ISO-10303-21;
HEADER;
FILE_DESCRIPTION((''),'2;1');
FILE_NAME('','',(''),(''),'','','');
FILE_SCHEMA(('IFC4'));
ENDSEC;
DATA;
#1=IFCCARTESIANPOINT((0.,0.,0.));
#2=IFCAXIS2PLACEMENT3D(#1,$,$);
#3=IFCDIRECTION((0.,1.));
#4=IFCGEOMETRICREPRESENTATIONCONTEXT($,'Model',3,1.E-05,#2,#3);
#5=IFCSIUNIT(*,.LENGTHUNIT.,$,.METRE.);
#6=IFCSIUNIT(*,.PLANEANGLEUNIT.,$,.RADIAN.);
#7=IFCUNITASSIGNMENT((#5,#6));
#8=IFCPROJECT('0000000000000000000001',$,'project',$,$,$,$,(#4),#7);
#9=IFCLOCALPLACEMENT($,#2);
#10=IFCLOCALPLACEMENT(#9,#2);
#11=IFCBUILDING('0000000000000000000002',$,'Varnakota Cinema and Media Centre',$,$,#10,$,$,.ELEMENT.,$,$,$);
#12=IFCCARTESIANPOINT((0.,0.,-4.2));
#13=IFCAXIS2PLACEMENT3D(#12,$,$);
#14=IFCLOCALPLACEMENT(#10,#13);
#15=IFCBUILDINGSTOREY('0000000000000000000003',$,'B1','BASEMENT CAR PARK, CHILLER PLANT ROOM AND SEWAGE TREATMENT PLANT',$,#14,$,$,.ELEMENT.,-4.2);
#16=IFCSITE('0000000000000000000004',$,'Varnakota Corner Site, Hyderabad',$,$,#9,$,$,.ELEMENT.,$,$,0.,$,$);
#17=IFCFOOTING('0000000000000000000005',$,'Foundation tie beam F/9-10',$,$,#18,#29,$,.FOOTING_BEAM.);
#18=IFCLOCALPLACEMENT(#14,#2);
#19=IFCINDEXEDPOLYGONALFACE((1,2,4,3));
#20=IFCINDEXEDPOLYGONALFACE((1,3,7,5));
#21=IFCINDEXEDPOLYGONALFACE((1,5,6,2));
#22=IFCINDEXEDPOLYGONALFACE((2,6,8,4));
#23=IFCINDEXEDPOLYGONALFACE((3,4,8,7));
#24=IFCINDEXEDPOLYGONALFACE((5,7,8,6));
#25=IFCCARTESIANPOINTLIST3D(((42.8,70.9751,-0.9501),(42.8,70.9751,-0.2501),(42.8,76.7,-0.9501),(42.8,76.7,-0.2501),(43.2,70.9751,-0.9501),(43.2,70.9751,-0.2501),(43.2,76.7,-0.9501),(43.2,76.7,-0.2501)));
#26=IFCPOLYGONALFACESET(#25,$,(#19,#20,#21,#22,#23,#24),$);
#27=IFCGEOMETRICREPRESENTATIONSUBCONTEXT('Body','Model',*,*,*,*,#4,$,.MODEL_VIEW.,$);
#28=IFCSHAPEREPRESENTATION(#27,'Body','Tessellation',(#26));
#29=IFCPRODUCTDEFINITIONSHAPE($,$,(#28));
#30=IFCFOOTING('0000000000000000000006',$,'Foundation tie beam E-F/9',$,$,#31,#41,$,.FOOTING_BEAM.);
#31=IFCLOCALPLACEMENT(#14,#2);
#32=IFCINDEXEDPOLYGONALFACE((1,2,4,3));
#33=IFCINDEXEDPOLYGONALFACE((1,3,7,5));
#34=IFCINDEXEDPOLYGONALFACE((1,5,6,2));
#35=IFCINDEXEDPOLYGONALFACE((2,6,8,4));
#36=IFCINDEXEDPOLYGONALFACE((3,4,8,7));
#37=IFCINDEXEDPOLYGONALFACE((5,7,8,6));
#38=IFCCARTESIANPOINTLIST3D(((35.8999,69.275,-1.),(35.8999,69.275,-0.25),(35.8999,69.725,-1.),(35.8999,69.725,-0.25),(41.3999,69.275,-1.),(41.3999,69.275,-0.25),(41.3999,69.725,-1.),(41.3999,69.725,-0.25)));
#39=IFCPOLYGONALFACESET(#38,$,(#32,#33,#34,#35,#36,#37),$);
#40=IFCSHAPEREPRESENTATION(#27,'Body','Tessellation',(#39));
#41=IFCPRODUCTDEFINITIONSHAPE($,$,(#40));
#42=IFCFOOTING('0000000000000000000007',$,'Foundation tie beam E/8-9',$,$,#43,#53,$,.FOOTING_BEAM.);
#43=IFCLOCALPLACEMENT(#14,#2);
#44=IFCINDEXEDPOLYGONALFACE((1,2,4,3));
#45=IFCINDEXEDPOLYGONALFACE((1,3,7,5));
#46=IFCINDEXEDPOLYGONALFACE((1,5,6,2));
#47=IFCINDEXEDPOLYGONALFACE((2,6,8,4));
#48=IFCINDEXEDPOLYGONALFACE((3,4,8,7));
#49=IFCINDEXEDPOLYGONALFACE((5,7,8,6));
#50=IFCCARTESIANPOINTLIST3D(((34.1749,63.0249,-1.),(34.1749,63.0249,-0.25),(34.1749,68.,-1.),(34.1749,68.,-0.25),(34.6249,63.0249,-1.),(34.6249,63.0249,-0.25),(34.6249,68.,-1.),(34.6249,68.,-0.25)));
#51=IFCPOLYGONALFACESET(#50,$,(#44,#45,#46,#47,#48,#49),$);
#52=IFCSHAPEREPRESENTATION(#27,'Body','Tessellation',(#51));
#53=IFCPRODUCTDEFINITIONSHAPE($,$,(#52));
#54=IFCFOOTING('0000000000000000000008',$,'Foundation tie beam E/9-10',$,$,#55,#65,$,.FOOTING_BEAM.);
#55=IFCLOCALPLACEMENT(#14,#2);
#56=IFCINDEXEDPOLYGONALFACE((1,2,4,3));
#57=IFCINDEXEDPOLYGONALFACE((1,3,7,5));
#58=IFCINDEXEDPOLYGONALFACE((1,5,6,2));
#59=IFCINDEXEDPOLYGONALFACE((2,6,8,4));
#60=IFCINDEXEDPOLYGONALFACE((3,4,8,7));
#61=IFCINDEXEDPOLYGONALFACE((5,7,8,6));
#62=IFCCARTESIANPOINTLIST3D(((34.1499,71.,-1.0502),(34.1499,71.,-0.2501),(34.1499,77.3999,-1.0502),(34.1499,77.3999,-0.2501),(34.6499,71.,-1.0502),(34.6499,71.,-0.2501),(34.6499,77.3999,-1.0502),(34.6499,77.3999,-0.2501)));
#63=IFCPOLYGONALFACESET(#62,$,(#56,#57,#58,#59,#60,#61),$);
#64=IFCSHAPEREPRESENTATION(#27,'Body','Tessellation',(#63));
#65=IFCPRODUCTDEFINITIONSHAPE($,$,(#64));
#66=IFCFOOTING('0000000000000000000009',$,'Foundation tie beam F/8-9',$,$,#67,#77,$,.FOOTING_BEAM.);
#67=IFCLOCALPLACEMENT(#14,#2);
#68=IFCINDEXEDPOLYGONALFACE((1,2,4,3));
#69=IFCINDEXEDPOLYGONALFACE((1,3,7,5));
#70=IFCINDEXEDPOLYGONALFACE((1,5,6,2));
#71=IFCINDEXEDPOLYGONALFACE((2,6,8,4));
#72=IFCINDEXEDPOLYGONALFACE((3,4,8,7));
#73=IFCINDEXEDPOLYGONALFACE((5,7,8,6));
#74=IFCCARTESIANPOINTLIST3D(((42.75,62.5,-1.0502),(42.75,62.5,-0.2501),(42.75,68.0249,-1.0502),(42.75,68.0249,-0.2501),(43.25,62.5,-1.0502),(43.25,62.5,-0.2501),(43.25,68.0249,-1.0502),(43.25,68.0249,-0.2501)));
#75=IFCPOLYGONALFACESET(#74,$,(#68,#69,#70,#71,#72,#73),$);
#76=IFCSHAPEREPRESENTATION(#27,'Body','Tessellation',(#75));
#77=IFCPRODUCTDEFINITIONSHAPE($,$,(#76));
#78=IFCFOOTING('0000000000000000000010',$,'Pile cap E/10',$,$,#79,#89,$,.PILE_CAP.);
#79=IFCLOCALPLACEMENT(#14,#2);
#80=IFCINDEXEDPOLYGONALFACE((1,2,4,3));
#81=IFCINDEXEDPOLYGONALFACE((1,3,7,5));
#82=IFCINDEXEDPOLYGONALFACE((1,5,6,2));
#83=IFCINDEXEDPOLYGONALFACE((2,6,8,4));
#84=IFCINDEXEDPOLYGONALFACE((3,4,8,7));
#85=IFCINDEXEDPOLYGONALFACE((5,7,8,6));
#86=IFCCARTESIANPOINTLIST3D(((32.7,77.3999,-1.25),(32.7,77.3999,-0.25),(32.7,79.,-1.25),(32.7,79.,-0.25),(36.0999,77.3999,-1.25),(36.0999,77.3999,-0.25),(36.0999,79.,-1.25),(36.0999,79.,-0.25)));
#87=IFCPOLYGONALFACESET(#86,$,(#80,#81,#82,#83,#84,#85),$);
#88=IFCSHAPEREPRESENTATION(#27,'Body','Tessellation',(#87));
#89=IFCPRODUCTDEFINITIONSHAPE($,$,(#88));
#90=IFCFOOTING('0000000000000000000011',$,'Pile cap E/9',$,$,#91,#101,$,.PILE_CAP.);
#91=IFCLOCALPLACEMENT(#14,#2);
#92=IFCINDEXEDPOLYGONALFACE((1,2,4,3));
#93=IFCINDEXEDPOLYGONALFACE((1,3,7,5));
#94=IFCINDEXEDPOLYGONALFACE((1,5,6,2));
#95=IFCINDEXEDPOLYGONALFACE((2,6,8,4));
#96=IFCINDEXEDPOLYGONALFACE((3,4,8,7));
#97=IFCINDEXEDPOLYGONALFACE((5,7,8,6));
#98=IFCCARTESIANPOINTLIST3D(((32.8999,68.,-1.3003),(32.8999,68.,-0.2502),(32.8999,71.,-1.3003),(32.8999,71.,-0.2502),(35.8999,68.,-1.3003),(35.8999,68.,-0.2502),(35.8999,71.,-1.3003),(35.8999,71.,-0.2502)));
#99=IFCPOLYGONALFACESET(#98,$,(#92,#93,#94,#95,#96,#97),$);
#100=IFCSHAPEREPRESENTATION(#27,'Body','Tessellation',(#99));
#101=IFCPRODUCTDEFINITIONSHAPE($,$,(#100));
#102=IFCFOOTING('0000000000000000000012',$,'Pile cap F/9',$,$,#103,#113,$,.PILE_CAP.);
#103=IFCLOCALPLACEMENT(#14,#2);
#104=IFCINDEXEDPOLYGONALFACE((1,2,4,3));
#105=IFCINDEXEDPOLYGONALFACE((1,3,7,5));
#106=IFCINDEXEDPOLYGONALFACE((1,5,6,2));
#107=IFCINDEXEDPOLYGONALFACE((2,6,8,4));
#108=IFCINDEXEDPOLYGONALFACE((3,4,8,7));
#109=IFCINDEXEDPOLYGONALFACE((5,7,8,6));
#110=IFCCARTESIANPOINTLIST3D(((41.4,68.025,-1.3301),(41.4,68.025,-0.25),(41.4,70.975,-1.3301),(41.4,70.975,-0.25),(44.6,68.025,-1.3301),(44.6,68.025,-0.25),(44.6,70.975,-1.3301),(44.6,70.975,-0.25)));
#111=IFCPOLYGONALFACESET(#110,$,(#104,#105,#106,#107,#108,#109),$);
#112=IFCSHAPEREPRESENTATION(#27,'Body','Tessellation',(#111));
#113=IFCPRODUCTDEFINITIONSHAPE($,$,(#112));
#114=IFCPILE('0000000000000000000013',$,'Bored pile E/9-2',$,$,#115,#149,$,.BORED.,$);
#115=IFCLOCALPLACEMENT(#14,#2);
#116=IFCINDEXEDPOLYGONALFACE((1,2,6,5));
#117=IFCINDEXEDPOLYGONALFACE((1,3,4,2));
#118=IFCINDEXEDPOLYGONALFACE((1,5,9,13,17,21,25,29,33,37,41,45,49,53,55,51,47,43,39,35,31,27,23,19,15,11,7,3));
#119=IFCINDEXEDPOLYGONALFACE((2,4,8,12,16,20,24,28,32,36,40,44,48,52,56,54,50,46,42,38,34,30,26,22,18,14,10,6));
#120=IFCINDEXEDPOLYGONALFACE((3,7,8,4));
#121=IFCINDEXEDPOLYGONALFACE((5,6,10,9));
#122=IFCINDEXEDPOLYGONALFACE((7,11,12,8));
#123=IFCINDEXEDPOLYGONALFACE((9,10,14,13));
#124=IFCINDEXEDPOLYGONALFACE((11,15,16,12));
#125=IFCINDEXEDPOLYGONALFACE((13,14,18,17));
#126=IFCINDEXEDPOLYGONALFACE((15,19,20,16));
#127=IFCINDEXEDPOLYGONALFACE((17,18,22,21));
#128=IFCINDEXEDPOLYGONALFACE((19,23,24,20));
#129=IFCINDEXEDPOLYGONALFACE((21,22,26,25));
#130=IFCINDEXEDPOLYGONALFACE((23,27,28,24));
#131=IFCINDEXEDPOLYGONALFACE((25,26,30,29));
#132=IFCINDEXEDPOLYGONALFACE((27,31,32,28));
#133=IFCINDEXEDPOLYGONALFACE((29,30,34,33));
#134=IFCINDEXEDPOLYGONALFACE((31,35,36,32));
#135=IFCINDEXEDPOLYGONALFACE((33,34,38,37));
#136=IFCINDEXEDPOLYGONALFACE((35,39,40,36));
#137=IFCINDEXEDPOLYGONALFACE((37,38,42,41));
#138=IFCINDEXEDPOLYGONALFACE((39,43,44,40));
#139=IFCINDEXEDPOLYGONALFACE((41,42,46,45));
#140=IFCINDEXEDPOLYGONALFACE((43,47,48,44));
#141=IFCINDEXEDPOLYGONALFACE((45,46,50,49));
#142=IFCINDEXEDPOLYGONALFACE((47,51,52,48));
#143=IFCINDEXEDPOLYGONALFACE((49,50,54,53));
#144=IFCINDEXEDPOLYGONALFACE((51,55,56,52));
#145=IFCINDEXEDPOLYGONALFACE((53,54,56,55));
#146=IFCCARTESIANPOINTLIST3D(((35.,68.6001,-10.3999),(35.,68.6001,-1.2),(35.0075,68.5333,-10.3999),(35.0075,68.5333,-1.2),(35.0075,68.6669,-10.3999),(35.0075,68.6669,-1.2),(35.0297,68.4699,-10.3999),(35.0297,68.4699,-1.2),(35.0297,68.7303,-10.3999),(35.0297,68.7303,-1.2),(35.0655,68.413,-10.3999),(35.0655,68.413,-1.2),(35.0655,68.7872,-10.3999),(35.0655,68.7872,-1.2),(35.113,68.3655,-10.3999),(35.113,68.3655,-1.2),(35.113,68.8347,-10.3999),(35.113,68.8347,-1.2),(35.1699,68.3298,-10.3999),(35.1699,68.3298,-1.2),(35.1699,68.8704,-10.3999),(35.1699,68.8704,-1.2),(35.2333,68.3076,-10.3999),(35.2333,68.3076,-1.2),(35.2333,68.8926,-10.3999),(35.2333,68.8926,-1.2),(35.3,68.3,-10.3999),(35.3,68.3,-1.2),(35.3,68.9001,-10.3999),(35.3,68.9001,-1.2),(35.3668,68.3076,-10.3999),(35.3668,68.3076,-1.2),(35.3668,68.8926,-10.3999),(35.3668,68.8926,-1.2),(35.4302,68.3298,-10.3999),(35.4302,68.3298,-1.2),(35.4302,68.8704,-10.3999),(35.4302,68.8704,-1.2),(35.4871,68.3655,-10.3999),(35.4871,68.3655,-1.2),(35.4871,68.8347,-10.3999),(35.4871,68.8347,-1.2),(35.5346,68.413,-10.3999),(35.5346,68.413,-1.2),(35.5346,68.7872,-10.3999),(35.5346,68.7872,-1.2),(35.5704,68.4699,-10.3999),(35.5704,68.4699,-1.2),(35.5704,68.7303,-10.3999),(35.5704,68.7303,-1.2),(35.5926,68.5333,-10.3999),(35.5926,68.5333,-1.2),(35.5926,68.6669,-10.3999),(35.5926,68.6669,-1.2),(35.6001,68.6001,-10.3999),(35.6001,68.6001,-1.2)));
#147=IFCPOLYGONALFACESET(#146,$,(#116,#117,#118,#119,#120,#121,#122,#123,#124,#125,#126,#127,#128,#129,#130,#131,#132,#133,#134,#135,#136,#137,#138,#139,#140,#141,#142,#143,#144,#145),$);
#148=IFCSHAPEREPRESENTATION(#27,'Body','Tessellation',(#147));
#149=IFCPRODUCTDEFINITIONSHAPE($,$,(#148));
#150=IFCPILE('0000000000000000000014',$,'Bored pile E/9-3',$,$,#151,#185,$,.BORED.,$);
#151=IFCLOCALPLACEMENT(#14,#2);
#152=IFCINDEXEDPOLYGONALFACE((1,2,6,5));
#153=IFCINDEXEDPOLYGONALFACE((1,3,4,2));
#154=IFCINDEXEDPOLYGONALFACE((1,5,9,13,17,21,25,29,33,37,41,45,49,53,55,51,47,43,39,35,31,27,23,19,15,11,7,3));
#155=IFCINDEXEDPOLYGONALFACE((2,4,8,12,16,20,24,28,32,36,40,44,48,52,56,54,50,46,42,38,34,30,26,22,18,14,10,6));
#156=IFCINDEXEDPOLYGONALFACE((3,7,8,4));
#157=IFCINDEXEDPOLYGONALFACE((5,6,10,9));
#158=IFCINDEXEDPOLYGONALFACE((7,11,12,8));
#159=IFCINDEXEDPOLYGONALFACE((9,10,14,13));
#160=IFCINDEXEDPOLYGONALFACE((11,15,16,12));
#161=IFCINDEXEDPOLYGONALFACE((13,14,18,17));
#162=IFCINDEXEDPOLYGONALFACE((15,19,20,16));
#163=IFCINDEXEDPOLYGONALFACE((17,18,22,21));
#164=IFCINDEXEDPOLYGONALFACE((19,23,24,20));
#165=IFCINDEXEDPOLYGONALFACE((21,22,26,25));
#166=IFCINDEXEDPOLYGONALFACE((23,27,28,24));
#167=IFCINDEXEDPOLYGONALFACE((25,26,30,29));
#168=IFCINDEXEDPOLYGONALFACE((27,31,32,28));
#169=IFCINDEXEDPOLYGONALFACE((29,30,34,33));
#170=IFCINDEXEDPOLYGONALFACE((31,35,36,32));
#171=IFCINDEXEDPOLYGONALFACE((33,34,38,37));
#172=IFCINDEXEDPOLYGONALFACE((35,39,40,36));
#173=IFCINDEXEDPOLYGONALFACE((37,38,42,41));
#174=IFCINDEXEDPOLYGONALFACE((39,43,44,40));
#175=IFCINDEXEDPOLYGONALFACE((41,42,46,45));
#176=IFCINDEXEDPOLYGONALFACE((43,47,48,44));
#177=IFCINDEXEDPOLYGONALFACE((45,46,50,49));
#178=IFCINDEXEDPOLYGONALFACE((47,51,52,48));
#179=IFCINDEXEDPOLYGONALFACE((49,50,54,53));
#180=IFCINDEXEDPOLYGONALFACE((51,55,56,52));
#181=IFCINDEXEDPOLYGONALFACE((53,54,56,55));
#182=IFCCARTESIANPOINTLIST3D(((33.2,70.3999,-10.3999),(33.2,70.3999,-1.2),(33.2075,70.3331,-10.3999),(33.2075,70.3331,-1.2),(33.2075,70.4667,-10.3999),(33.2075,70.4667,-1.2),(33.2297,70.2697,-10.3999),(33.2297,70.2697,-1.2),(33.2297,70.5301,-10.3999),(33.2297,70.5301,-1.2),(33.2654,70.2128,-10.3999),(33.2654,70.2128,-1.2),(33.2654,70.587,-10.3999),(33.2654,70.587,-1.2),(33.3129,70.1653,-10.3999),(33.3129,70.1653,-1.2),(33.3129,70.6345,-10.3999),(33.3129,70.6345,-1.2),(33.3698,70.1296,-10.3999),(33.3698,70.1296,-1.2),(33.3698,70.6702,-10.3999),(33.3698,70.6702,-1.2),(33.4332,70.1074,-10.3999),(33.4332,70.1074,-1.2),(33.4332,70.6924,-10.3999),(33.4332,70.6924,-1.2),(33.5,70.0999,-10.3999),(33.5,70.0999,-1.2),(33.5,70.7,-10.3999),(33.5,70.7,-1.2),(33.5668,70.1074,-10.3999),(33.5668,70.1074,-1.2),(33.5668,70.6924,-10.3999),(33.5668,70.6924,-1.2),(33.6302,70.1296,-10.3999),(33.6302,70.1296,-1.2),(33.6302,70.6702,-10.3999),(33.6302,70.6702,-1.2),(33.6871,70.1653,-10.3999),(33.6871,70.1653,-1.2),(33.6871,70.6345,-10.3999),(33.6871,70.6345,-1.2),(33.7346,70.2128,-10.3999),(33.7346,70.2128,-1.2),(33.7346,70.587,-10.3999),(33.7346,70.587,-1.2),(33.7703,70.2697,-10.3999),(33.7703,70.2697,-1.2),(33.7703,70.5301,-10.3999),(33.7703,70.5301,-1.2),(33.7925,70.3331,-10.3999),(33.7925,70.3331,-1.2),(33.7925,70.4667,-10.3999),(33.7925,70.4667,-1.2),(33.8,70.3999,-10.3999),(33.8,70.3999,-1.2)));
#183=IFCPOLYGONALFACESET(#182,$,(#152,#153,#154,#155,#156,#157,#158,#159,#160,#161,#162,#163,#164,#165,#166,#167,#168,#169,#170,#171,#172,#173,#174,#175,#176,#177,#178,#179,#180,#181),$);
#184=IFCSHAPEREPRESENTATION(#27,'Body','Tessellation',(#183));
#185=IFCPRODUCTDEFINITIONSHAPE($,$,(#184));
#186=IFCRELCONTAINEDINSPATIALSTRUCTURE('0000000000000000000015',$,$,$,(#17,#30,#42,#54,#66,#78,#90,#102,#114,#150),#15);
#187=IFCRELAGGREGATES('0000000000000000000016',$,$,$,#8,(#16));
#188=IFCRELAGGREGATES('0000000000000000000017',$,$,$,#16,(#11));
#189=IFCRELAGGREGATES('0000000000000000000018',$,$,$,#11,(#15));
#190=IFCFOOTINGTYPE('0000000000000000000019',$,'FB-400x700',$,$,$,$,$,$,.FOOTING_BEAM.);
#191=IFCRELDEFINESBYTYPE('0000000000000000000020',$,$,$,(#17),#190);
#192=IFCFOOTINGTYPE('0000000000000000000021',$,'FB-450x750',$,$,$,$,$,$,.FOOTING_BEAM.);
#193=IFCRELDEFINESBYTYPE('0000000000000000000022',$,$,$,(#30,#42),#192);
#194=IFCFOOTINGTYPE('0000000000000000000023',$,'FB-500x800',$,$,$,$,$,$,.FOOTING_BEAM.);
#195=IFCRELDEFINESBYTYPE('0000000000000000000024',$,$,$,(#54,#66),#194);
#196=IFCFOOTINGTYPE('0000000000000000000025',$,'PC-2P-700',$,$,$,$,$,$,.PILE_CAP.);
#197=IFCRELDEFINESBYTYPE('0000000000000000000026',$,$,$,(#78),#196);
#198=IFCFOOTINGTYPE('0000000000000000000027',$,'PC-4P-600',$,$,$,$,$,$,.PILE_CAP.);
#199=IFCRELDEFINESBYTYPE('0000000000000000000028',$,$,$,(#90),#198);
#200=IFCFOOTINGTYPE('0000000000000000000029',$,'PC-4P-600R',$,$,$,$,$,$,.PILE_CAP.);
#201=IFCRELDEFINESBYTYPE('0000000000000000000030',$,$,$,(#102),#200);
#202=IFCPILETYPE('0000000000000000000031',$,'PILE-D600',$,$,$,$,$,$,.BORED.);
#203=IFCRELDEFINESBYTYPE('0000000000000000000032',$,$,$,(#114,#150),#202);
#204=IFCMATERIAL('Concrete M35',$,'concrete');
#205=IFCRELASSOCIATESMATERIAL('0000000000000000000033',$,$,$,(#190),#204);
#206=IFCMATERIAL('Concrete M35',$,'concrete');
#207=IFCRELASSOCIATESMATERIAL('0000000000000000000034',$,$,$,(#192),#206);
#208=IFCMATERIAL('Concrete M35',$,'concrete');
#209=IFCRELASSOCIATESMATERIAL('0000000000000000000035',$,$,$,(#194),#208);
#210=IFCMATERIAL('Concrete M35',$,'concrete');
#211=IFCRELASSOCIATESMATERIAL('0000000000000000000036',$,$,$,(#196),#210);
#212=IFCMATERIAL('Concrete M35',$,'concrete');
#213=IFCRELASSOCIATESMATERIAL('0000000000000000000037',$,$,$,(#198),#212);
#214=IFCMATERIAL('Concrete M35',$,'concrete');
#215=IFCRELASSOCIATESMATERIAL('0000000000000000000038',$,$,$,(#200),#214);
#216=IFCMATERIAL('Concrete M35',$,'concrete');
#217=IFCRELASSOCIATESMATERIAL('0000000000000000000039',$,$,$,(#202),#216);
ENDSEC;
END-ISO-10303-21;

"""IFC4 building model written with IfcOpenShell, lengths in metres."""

from ifc_helpers import new_model, si_unit, direction, frame, origin, origin_2d, place, context, subcontext, project, spatial, rectangle, circle, extrude, material, material_profile, profile_set, type_object, element, save


model = new_model("IFC4")

# Units and contexts
model_context = context("Model", 3, precision=1e-05, world=origin(), true_north=direction((0.0, 1.0)))
body_context = subcontext(model_context, "Body", "Model", "MODEL_VIEW")
ifc_project = project(units=[si_unit("LENGTHUNIT", "METRE"), si_unit("PLANEANGLEUNIT", "RADIAN")], contexts=[model_context])

# Site, building, storey
site_placement = place(None, origin())
site = spatial("IfcSite", under=ifc_project, at=site_placement, Name="Varnakota Corner Site, Hyderabad", CompositionType="ELEMENT", RefElevation=0.0)
building_placement = place(site_placement, origin())
building = spatial("IfcBuilding", under=site, at=building_placement, Name="Varnakota Cinema and Media Centre", CompositionType="ELEMENT")
storey_placement = place(building_placement, frame((0.0, 0.0, -4.2)))
storey = spatial("IfcBuildingStorey", under=building, at=storey_placement, Name="B1", Description="BASEMENT CAR PARK, CHILLER PLANT ROOM AND SEWAGE TREATMENT PLANT", CompositionType="ELEMENT", Elevation=-4.2)

# Footings
ifc_material_1 = material(Name="Concrete M35", Category="concrete")
ifc_material_profile_1 = material_profile(ifc_material_1, rectangle(XDim=0.3999, YDim=0.7, at=origin_2d()), Name="FB 400x700")
ifc_profile_set_1 = profile_set([ifc_material_profile_1], Name="Concrete M35")
footing_type_1 = type_object("IfcFootingType", Name="FB-400x700", PredefinedType="FOOTING_BEAM", material=ifc_profile_set_1)
footing_1_placement = place(storey_placement, frame((43.0, 70.9751, -0.6001), z_axis=(0.0, 1.0, 0.0), x_axis=(-1.0, 0.0, 0.0)))
element("IfcFooting", 1, at=footing_1_placement, inside=storey, type_object=footing_type_1, Name="Foundation tie beam F/9-10", PredefinedType="FOOTING_BEAM", context=body_context, shape_type="SweptSolid", body=[
    extrude(rectangle(XDim=0.3999, YDim=0.7, at=origin_2d()), origin(), (0.0, 0.0, 1.0), 5.7249),
])
ifc_material_2 = material(Name="Concrete M35", Category="concrete")
ifc_material_profile_2 = material_profile(ifc_material_2, rectangle(XDim=0.45, YDim=0.75, at=origin_2d()), Name="FB 450x750")
ifc_profile_set_2 = profile_set([ifc_material_profile_2], Name="Concrete M35")
footing_type_2 = type_object("IfcFootingType", Name="FB-450x750", PredefinedType="FOOTING_BEAM", material=ifc_profile_set_2)
footing_2_placement = place(storey_placement, frame((35.8999, 69.5, -0.625), z_axis=(1.0, 0.0, 0.0), x_axis=(0.0, 1.0, 0.0)))
element("IfcFooting", 2, at=footing_2_placement, inside=storey, type_object=footing_type_2, Name="Foundation tie beam E-F/9", PredefinedType="FOOTING_BEAM", context=body_context, shape_type="SweptSolid", body=[
    extrude(rectangle(XDim=0.45, YDim=0.75, at=origin_2d()), origin(), (0.0, 0.0, 1.0), 5.5),
])
footing_3_placement = place(storey_placement, frame((34.3999, 63.0249, -0.625), z_axis=(0.0, 1.0, 0.0), x_axis=(-1.0, 0.0, 0.0)))
element("IfcFooting", 3, at=footing_3_placement, inside=storey, type_object=footing_type_2, Name="Foundation tie beam E/8-9", PredefinedType="FOOTING_BEAM", context=body_context, shape_type="SweptSolid", body=[
    extrude(rectangle(XDim=0.45, YDim=0.75, at=origin_2d()), origin(), (0.0, 0.0, 1.0), 4.9751),
])
ifc_material_3 = material(Name="Concrete M35", Category="concrete")
ifc_material_profile_3 = material_profile(ifc_material_3, rectangle(XDim=0.5, YDim=0.8, at=origin_2d()), Name="FB 500x800")
ifc_profile_set_3 = profile_set([ifc_material_profile_3], Name="Concrete M35")
footing_type_3 = type_object("IfcFootingType", Name="FB-500x800", PredefinedType="FOOTING_BEAM", material=ifc_profile_set_3)
footing_4_placement = place(storey_placement, frame((34.3999, 71.0, -0.6501), z_axis=(0.0, 1.0, 0.0), x_axis=(-1.0, 0.0, 0.0)))
element("IfcFooting", 4, at=footing_4_placement, inside=storey, type_object=footing_type_3, Name="Foundation tie beam E/9-10", PredefinedType="FOOTING_BEAM", context=body_context, shape_type="SweptSolid", body=[
    extrude(rectangle(XDim=0.5, YDim=0.8, at=origin_2d()), origin(), (0.0, 0.0, 1.0), 6.3999),
])
footing_5_placement = place(storey_placement, frame((43.0, 62.5, -0.6501), z_axis=(0.0, 1.0, 0.0), x_axis=(-1.0, 0.0, 0.0)))
element("IfcFooting", 5, at=footing_5_placement, inside=storey, type_object=footing_type_3, Name="Foundation tie beam F/8-9", PredefinedType="FOOTING_BEAM", context=body_context, shape_type="SweptSolid", body=[
    extrude(rectangle(XDim=0.5, YDim=0.8, at=origin_2d()), origin(), (0.0, 0.0, 1.0), 5.5249),
])
ifc_material_4 = material(Name="Concrete M35", Category="concrete")
footing_type_4 = type_object("IfcFootingType", Name="PC-2P-700", PredefinedType="PILE_CAP", material=ifc_material_4)
footing_6_placement = place(storey_placement, frame((34.3999, 78.2, -1.25), z_axis=(0.0, 0.0, 1.0), x_axis=(1.0, 0.0, 0.0)))
element("IfcFooting", 6, at=footing_6_placement, inside=storey, type_object=footing_type_4, Name="Pile cap E/10", PredefinedType="PILE_CAP", context=body_context, shape_type="SweptSolid", body=[
    extrude(rectangle(XDim=3.3999, YDim=1.6001, at=origin_2d()), origin(), (0.0, 0.0, 1.0), 1.0),
])
ifc_material_5 = material(Name="Concrete M35", Category="concrete")
footing_type_5 = type_object("IfcFootingType", Name="PC-4P-600", PredefinedType="PILE_CAP", material=ifc_material_5)
footing_7_placement = place(storey_placement, frame((34.3999, 69.5, -1.3003), z_axis=(0.0, 0.0, 1.0), x_axis=(1.0, 0.0, 0.0)))
element("IfcFooting", 7, at=footing_7_placement, inside=storey, type_object=footing_type_5, Name="Pile cap E/9", PredefinedType="PILE_CAP", context=body_context, shape_type="SweptSolid", body=[
    extrude(rectangle(XDim=3.0, YDim=3.0, at=origin_2d()), origin(), (0.0, 0.0, 1.0), 1.05),
])
ifc_material_6 = material(Name="Concrete M35", Category="concrete")
footing_type_6 = type_object("IfcFootingType", Name="PC-4P-600R", PredefinedType="PILE_CAP", material=ifc_material_6)
footing_8_placement = place(storey_placement, frame((43.0, 69.5, -1.3301), z_axis=(0.0, 0.0, 1.0), x_axis=(1.0, 0.0, 0.0)))
element("IfcFooting", 8, at=footing_8_placement, inside=storey, type_object=footing_type_6, Name="Pile cap F/9", PredefinedType="PILE_CAP", context=body_context, shape_type="SweptSolid", body=[
    extrude(rectangle(XDim=3.2, YDim=2.95, at=origin_2d()), origin(), (0.0, 0.0, 1.0), 1.0801),
])

# Piles
ifc_material_7 = material(Name="Concrete M35", Category="concrete")
ifc_material_profile_4 = material_profile(ifc_material_7, circle(Radius=0.3, at=origin_2d()), Name="PILE D600")
ifc_profile_set_4 = profile_set([ifc_material_profile_4], Name="Concrete M35")
pile_type_1 = type_object("IfcPileType", Name="PILE-D600", PredefinedType="BORED", material=ifc_profile_set_4)
for number, where, z_axis, x_axis, name in (
    (9, (35.3, 68.6001, -1.2), (0.0, 0.0, -1.0), (1.0, 0.0, 0.0), "Bored pile E/9-2"),
    (10, (33.5, 70.3999, -1.2), (0.0, 0.0, -1.0), (1.0, 0.0, 0.0), "Bored pile E/9-3"),
):
    element("IfcPile", number, at=place(storey_placement, frame(where, z_axis=z_axis, x_axis=x_axis)), inside=storey, type_object=pile_type_1, Name=name, PredefinedType="BORED", context=body_context, shape_type="SweptSolid", body=[
        extrude(circle(Radius=0.3, at=origin_2d()), origin(), (0.0, 0.0, 1.0), 9.2),
    ])

save(model, "model.ifc")
